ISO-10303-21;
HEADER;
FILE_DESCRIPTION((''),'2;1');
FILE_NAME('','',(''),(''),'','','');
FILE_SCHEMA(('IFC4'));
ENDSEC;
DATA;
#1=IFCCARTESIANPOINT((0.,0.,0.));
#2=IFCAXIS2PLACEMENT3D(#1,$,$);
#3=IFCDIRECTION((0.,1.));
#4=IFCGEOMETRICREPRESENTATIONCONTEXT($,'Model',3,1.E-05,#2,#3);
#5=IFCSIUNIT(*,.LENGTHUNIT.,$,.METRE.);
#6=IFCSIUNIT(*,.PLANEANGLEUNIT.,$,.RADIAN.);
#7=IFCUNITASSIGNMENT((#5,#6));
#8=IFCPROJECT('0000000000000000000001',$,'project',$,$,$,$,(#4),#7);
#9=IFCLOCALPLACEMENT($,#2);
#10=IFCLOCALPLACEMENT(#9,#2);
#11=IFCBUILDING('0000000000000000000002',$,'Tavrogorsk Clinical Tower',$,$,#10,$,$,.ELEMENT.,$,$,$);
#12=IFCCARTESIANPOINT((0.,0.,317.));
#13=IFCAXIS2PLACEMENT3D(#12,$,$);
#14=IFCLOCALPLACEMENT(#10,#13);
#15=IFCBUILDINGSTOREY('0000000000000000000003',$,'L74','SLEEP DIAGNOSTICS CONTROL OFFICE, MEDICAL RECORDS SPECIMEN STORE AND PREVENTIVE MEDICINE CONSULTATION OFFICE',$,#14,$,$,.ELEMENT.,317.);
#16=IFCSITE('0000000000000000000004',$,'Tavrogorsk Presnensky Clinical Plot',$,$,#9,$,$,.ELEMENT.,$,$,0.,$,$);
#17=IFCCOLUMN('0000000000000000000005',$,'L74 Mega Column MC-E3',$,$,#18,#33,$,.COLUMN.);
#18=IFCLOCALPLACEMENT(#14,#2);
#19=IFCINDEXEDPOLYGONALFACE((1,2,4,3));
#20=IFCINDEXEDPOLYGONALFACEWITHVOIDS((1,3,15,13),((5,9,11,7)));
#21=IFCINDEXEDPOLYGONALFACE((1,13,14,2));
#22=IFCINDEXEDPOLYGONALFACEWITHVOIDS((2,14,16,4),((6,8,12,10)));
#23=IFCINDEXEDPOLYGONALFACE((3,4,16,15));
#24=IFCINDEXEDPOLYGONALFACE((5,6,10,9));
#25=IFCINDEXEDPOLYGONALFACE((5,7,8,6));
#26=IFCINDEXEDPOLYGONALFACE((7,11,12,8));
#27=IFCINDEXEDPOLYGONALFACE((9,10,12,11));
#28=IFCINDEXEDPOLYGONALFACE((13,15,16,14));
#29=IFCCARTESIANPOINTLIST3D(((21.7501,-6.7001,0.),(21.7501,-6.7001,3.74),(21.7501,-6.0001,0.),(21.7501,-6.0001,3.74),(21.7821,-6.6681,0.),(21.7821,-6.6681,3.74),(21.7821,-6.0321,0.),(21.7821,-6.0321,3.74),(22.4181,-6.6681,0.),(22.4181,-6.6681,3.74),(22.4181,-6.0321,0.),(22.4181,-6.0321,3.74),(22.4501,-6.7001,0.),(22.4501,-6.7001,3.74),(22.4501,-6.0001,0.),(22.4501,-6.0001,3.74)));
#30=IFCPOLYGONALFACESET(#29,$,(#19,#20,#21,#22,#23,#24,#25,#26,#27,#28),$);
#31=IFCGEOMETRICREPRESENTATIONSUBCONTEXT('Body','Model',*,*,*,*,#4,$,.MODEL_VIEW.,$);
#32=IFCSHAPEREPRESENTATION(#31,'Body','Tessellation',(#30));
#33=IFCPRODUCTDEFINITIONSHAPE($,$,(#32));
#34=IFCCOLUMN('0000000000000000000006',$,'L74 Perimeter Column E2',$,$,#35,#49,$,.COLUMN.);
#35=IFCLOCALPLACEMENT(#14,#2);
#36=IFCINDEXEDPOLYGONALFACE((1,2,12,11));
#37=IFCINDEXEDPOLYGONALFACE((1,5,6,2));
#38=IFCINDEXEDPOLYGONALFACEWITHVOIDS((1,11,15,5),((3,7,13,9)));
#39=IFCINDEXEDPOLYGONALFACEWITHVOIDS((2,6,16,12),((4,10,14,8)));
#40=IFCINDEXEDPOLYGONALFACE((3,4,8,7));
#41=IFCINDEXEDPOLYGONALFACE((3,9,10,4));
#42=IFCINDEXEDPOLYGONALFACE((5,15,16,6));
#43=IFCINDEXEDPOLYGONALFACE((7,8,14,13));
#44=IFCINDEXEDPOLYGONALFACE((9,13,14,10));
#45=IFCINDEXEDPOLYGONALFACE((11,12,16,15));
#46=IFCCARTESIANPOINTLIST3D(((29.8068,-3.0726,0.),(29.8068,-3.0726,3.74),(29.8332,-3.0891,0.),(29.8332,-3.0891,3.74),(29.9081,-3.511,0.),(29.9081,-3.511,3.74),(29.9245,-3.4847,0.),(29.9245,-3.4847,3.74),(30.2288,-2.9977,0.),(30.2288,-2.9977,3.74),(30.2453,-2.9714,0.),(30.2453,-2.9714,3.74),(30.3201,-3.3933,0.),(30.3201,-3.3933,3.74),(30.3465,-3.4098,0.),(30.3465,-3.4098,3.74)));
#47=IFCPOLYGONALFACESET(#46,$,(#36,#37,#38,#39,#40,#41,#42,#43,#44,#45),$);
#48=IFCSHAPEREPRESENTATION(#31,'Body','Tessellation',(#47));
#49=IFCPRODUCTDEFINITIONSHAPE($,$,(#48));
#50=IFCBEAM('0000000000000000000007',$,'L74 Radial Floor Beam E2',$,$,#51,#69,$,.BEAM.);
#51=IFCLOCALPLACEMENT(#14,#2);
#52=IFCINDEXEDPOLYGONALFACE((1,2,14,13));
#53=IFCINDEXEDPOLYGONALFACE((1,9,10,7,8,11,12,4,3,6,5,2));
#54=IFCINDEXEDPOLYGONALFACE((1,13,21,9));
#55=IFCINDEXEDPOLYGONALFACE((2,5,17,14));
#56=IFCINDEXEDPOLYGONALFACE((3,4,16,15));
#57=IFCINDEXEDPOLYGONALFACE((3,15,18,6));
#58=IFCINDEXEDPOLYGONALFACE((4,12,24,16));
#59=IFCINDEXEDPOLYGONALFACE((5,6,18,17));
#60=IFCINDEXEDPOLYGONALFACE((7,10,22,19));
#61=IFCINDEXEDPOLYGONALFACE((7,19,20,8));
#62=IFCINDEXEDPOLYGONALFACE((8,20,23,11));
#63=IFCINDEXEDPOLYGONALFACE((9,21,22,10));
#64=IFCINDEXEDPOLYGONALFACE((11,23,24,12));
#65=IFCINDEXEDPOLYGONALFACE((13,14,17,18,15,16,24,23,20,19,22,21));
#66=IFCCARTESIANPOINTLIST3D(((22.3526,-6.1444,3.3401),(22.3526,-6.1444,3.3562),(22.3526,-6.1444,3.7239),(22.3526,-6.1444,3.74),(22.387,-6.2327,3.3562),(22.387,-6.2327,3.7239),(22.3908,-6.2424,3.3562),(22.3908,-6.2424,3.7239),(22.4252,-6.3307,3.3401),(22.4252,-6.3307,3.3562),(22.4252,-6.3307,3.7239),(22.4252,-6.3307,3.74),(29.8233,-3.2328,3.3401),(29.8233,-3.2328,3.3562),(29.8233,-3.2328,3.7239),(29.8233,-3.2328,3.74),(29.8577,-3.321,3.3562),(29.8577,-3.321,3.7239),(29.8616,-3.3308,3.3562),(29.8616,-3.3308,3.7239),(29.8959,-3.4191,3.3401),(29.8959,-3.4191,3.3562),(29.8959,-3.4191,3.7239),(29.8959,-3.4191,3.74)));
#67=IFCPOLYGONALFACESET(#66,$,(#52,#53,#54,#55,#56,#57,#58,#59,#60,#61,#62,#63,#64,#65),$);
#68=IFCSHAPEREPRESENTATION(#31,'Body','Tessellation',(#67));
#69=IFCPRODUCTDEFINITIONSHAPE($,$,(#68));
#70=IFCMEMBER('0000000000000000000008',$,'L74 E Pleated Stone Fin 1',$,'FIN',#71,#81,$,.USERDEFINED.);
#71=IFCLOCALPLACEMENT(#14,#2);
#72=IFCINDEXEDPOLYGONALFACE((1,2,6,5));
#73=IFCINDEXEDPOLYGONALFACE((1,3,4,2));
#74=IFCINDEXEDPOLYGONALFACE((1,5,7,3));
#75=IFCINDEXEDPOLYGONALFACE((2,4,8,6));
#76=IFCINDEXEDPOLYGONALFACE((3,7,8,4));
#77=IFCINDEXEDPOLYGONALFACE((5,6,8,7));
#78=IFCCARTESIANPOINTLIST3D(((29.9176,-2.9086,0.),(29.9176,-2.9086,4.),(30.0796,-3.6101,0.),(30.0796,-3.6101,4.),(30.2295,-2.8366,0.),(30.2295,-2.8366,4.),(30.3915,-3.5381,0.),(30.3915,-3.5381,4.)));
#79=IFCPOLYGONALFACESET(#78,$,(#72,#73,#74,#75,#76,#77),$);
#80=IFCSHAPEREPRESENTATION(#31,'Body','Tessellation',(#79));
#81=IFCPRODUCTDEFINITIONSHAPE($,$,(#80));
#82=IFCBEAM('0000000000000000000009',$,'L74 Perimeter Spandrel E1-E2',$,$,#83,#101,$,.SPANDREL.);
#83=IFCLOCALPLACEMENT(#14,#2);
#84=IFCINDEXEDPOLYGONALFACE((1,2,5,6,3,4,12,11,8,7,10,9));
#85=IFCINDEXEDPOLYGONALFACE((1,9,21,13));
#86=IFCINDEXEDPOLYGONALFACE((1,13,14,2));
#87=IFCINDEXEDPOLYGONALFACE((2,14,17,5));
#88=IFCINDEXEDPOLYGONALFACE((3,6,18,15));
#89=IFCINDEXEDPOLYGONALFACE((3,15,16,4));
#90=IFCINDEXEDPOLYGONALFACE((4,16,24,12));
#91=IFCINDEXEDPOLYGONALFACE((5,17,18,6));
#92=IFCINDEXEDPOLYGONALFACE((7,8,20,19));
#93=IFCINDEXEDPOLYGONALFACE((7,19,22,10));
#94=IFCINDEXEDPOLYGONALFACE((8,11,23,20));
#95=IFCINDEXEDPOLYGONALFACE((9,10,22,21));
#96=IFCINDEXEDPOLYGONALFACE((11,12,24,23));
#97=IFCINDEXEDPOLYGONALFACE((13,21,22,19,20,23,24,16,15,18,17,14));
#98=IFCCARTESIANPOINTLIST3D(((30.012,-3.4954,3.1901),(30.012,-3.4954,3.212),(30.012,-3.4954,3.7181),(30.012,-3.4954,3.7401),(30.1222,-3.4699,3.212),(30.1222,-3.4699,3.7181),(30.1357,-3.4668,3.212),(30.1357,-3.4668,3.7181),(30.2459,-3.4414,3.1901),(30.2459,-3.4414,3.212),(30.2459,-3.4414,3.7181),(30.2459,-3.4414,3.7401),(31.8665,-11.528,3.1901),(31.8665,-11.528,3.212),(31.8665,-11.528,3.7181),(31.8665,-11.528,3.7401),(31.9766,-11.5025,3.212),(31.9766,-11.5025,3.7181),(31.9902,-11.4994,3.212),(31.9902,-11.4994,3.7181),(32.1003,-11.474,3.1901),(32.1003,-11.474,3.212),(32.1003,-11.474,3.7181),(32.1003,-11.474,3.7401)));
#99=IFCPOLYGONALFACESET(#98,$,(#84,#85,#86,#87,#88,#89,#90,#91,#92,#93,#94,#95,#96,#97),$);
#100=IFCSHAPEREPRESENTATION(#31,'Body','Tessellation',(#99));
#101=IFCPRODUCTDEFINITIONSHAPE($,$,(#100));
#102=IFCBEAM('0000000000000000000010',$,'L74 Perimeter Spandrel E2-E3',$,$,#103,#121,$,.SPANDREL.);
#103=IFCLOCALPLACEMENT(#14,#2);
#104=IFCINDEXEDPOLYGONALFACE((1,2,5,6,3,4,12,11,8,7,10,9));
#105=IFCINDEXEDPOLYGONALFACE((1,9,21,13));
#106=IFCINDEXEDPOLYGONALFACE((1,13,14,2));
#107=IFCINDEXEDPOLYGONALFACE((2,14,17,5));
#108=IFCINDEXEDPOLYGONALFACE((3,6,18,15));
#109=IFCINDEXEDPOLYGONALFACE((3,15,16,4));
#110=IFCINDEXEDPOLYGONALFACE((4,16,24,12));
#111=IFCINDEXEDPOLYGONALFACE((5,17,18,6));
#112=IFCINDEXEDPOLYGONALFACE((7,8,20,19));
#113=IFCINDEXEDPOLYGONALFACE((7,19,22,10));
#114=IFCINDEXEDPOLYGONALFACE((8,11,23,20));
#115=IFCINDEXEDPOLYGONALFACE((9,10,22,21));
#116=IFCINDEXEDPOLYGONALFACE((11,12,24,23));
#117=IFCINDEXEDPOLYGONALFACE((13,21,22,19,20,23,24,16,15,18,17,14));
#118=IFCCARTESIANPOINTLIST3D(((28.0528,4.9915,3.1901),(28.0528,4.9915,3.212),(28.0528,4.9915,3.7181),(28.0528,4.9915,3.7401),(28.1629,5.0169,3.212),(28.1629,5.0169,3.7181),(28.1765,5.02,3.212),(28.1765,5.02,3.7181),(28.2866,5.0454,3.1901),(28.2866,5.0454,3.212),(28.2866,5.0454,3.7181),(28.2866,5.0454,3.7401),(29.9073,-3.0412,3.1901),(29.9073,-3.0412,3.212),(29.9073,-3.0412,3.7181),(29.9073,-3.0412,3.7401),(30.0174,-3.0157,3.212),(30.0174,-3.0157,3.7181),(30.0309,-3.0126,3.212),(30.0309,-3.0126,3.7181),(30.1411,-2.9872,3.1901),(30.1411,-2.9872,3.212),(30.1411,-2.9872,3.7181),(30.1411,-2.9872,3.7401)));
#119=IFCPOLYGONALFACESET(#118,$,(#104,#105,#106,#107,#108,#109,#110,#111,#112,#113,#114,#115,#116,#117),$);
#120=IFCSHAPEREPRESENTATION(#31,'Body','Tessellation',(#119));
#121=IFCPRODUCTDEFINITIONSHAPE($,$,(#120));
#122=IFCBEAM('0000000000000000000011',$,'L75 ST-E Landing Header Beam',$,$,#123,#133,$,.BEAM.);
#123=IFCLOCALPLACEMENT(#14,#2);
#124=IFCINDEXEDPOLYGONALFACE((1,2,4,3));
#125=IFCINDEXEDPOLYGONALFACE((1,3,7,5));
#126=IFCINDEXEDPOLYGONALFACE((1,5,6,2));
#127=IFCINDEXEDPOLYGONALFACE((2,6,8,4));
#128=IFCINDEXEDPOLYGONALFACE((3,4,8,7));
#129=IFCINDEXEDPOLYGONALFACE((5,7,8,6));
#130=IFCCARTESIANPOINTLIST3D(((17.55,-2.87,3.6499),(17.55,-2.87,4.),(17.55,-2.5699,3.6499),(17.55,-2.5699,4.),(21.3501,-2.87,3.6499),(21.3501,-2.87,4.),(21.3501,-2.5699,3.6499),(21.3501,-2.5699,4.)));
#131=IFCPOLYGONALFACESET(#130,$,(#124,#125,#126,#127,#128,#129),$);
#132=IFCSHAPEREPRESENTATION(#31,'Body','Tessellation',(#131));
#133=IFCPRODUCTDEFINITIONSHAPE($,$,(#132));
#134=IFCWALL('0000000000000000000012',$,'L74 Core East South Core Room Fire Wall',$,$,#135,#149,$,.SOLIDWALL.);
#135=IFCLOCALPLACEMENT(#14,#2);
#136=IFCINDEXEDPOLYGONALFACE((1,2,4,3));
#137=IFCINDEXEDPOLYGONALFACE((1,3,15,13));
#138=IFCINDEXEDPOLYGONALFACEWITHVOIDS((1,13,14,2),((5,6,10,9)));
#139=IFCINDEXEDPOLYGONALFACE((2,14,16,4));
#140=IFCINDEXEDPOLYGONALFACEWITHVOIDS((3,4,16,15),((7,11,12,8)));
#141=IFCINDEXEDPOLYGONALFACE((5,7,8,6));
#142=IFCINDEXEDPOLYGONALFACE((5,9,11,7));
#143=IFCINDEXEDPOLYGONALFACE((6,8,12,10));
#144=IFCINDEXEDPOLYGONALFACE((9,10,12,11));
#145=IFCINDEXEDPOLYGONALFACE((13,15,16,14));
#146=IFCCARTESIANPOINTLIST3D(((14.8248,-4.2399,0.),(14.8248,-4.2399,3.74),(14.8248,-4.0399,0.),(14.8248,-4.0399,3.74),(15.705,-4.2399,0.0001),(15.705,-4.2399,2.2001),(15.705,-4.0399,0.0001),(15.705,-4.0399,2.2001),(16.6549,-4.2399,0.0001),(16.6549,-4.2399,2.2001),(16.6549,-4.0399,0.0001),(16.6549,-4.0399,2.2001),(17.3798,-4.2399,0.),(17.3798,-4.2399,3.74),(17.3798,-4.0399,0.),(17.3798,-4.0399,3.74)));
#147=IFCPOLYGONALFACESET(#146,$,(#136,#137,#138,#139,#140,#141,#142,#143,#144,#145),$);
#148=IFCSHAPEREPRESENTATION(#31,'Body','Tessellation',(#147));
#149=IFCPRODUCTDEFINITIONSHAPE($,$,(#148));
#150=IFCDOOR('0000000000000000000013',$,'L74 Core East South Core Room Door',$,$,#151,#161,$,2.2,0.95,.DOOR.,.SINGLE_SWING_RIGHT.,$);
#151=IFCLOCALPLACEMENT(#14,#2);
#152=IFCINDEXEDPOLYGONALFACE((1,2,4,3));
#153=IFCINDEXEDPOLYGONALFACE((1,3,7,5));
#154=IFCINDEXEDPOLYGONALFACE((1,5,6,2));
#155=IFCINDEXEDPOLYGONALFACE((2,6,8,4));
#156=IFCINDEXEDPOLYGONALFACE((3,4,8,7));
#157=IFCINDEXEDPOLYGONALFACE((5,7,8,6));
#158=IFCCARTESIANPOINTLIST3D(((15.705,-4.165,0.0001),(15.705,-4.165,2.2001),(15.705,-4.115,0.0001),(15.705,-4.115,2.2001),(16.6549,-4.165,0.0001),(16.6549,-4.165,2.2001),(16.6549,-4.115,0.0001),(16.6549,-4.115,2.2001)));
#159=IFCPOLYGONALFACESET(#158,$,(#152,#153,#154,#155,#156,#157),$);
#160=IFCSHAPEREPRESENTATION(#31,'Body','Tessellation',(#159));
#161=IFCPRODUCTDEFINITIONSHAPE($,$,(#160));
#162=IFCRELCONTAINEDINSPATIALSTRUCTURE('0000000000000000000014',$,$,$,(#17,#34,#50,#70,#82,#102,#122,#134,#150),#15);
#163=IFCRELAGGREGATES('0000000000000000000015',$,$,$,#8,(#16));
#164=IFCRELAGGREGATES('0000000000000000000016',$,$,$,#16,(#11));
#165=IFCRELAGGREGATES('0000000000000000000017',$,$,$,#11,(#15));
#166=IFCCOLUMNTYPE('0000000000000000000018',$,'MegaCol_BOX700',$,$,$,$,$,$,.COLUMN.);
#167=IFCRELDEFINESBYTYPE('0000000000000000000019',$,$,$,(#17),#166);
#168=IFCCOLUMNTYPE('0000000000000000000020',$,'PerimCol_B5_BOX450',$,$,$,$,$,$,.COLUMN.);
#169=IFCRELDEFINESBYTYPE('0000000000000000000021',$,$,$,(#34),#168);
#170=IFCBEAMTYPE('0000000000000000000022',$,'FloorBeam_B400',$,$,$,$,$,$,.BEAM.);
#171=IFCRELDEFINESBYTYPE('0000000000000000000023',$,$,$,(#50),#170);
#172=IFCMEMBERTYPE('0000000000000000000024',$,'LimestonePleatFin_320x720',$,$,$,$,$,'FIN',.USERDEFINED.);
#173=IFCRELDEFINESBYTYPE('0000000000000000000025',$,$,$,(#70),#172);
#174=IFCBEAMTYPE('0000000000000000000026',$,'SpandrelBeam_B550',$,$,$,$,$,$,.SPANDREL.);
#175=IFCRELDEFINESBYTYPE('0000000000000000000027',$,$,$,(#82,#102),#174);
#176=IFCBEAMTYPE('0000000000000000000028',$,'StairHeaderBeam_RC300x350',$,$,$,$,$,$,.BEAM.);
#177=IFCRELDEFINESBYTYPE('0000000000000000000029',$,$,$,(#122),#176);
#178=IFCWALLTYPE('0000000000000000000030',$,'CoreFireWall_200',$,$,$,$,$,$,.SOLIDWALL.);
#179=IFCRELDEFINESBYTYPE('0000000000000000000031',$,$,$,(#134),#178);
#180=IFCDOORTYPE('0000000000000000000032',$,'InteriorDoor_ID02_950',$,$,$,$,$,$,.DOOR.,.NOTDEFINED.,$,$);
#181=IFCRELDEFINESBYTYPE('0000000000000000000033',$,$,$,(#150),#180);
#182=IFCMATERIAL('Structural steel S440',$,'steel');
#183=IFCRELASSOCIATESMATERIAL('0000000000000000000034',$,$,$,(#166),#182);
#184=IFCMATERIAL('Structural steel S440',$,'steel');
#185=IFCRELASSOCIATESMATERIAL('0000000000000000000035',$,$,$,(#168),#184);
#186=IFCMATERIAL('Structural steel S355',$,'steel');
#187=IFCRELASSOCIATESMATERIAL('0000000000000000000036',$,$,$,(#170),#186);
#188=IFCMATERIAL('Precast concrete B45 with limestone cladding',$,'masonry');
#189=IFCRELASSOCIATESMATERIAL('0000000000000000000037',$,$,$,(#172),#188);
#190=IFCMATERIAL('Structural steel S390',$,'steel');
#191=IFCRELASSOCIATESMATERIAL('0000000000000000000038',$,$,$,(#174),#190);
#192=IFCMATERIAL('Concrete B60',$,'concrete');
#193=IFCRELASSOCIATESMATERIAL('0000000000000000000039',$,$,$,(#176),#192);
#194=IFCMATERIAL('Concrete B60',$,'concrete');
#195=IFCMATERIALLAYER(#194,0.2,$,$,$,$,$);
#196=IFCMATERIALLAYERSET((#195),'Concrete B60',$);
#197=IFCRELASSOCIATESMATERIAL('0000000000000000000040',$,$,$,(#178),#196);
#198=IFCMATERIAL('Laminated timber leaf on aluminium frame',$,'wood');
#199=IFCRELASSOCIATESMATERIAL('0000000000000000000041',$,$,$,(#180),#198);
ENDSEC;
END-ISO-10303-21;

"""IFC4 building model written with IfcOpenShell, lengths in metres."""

from ifc_helpers import new_model, si_unit, direction, frame, frame_2d, origin, origin_2d, place, context, subcontext, project, spatial, rectangle, hollow_rectangle, i_section, extrude, material, layer, layer_set, material_profile, profile_set, type_object, element, fill, save


model = new_model("IFC4")

# Units and contexts
model_context = context("Model", 3, precision=1e-05, world=origin(), true_north=direction((0.0, 1.0)))
body_context = subcontext(model_context, "Body", "Model", "MODEL_VIEW")
ifc_project = project(units=[si_unit("LENGTHUNIT", "METRE"), si_unit("PLANEANGLEUNIT", "RADIAN")], contexts=[model_context])

# Site, building, storey
site_placement = place(None, origin())
site = spatial("IfcSite", under=ifc_project, at=site_placement, Name="Tavrogorsk Presnensky Clinical Plot", CompositionType="ELEMENT", RefElevation=0.0)
building_placement = place(site_placement, origin())
building = spatial("IfcBuilding", under=site, at=building_placement, Name="Tavrogorsk Clinical Tower", CompositionType="ELEMENT")
storey_placement = place(building_placement, frame((0.0, 0.0, 317.0)))
storey = spatial("IfcBuildingStorey", under=building, at=storey_placement, Name="L74", Description="SLEEP DIAGNOSTICS CONTROL OFFICE, MEDICAL RECORDS SPECIMEN STORE AND PREVENTIVE MEDICINE CONSULTATION OFFICE", CompositionType="ELEMENT", Elevation=317.0)

# Columns
ifc_material_1 = material(Name="Structural steel S440", Category="steel")
ifc_material_profile_1 = material_profile(ifc_material_1, hollow_rectangle(XDim=0.7, YDim=0.7, WallThickness=0.032, at=origin_2d()), Name="BOX-700x700x32")
ifc_profile_set_1 = profile_set([ifc_material_profile_1], Name="Structural steel S440")
column_type_1 = type_object("IfcColumnType", Name="MegaCol_BOX700", PredefinedType="COLUMN", material=ifc_profile_set_1)
column_1_placement = place(storey_placement, frame((22.1001, -6.3501, 0.0), z_axis=(0.0, 0.0, 1.0), x_axis=(1.0, 0.0, 0.0)))
element("IfcColumn", 1, at=column_1_placement, inside=storey, type_object=column_type_1, Name="L74 Mega Column MC-E3", PredefinedType="COLUMN", context=body_context, shape_type="SweptSolid", body=[
    extrude(hollow_rectangle(XDim=0.7, YDim=0.7, WallThickness=0.032, at=origin_2d()), origin(), (0.0, 0.0, 1.0), 3.74),
])
ifc_material_2 = material(Name="Structural steel S440", Category="steel")
ifc_material_profile_2 = material_profile(ifc_material_2, hollow_rectangle(XDim=0.45, YDim=0.45, WallThickness=0.022, at=origin_2d()), Name="BOX-450x450x22")
ifc_profile_set_2 = profile_set([ifc_material_profile_2], Name="Structural steel S440")
column_type_2 = type_object("IfcColumnType", Name="PerimCol_B5_BOX450", PredefinedType="COLUMN", material=ifc_profile_set_2)
column_2_placement = place(storey_placement, frame((30.0767, -3.2412, 0.0), z_axis=(0.0, 0.0, 1.0), x_axis=(0.97437, 0.224951, 0.0)))
element("IfcColumn", 2, at=column_2_placement, inside=storey, type_object=column_type_2, Name="L74 Perimeter Column E2", PredefinedType="COLUMN", context=body_context, shape_type="SweptSolid", body=[
    extrude(hollow_rectangle(XDim=0.45, YDim=0.45, WallThickness=0.022, at=origin_2d()), origin(), (0.0, 0.0, 1.0), 3.74),
])

# Beam
ifc_material_3 = material(Name="Structural steel S355", Category="steel")
ifc_material_profile_3 = material_profile(ifc_material_3, i_section(OverallWidth=0.2, OverallDepth=0.3999, WebThickness=0.0105, FlangeThickness=0.0161, at=origin_2d()), Name="B-400x200x10.5x16")
ifc_profile_set_3 = profile_set([ifc_material_profile_3], Name="Structural steel S355")
beam_type_1 = type_object("IfcBeamType", Name="FloorBeam_B400", PredefinedType="BEAM", material=ifc_profile_set_3)
beam_1_placement = place(storey_placement, frame((22.3889, -6.2375, 3.54), z_axis=(0.931737, 0.363134, 0.0), x_axis=(-0.363134, 0.931737, 0.0)))
element("IfcBeam", 3, at=beam_1_placement, inside=storey, type_object=beam_type_1, Name="L74 Radial Floor Beam E2", PredefinedType="BEAM", context=body_context, shape_type="SweptSolid", body=[
    extrude(i_section(OverallWidth=0.2, OverallDepth=0.3999, WebThickness=0.0105, FlangeThickness=0.0161, at=origin_2d()), origin(), (0.0, 0.0, 1.0), 8.0181),
])

# Member
ifc_material_4 = material(Name="Precast concrete B45 with limestone cladding", Category="masonry")
ifc_material_profile_4 = material_profile(ifc_material_4, rectangle(XDim=0.3201, YDim=0.72, at=origin_2d()), Name="LIMESTONE-FIN-320x720")
ifc_profile_set_4 = profile_set([ifc_material_profile_4], Name="Precast concrete B45 with limestone cladding")
member_type = type_object("IfcMemberType", Name="LimestonePleatFin_320x720", ElementType="FIN", PredefinedType="USERDEFINED", material=ifc_profile_set_4)
member_placement = place(storey_placement, frame((30.1545, -3.2234, 0.0), z_axis=(0.0, 0.0, 1.0), x_axis=(0.97437, 0.224951, 0.0)))
element("IfcMember", 4, at=member_placement, inside=storey, type_object=member_type, Name="L74 E Pleated Stone Fin 1", ObjectType="FIN", PredefinedType="USERDEFINED", context=body_context, shape_type="SweptSolid", body=[
    extrude(rectangle(XDim=0.3201, YDim=0.72, at=origin_2d()), origin(), (0.0, 0.0, 1.0), 4.0),
])

# Beams
ifc_material_5 = material(Name="Structural steel S390", Category="steel")
ifc_material_profile_5 = material_profile(ifc_material_5, i_section(OverallWidth=0.24, OverallDepth=0.55, WebThickness=0.0139, FlangeThickness=0.022, at=origin_2d()), Name="B-550x240x14x22")
ifc_profile_set_5 = profile_set([ifc_material_profile_5], Name="Structural steel S390")
beam_type_2 = type_object("IfcBeamType", Name="SpandrelBeam_B550", PredefinedType="SPANDREL", material=ifc_profile_set_5)
for number, where, z_axis, x_axis, name in (
    (5, (31.9834, -11.501, 3.4651), (-0.22495, 0.97437, 0.0), (-0.97437, -0.22495, 0.0), "L74 Perimeter Spandrel E1-E2"),
    (6, (30.0242, -3.0142, 3.4651), (-0.22495, 0.97437, 0.0), (-0.97437, -0.22495, 0.0), "L74 Perimeter Spandrel E2-E3"),
):
    element("IfcBeam", number, at=place(storey_placement, frame(where, z_axis=z_axis, x_axis=x_axis)), inside=storey, type_object=beam_type_2, Name=name, PredefinedType="SPANDREL", context=body_context, shape_type="SweptSolid", body=[
        extrude(i_section(OverallWidth=0.24, OverallDepth=0.55, WebThickness=0.0139, FlangeThickness=0.022, at=origin_2d()), origin(), (0.0, 0.0, 1.0), 8.2439),
    ])
ifc_material_6 = material(Name="Concrete B60", Category="concrete")
ifc_material_profile_6 = material_profile(ifc_material_6, rectangle(XDim=0.3, YDim=0.3501, at=origin_2d()), Name="RC-SHB-300x350")
ifc_profile_set_6 = profile_set([ifc_material_profile_6], Name="Concrete B60")
beam_type_3 = type_object("IfcBeamType", Name="StairHeaderBeam_RC300x350", PredefinedType="BEAM", material=ifc_profile_set_6)
beam_2_placement = place(storey_placement, frame((17.55, -2.72, 3.825), z_axis=(1.0, 0.0, 0.0), x_axis=(0.0, 1.0, 0.0)))
element("IfcBeam", 7, at=beam_2_placement, inside=storey, type_object=beam_type_3, Name="L75 ST-E Landing Header Beam", PredefinedType="BEAM", context=body_context, shape_type="SweptSolid", body=[
    extrude(rectangle(XDim=0.3, YDim=0.3501, at=origin_2d()), origin(), (0.0, 0.0, 1.0), 3.8),
])

# Wall, opening, door
ifc_material_7 = material(Name="Concrete B60", Category="concrete")
ifc_layer_1 = layer(ifc_material_7, 0.2)
ifc_layer_set_1 = layer_set([ifc_layer_1], Name="Concrete B60")
wall_type_1 = type_object("IfcWallType", Name="CoreFireWall_200", PredefinedType="SOLIDWALL", material=ifc_layer_set_1)
wall_1_placement = place(storey_placement, frame((14.825, -4.1399, 0.0), z_axis=(0.0, 0.0, 1.0), x_axis=(1.0, 0.0, 0.0)))
wall_1 = element("IfcWall", 8, at=wall_1_placement, inside=storey, type_object=wall_type_1, Name="L74 Core East South Core Room Fire Wall", PredefinedType="SOLIDWALL", context=body_context, shape_type="SweptSolid", body=[
    extrude(rectangle(XDim=2.5549, YDim=0.2, at=frame_2d((1.2773, 0.0))), origin(), (0.0, 0.0, 1.0), 3.74),
])
opening_1_placement = place(wall_1_placement, frame((0.8799, 0.0, 0.0)))
opening_1 = element("IfcOpeningElement", 9, at=opening_1_placement, cuts=wall_1, PredefinedType="OPENING", context=body_context, shape_type="SweptSolid", body=[
    extrude(rectangle(XDim=0.95, YDim=2.2, at=frame_2d((0.4751, 1.1001))), frame((0.0, 0.1099, 0.0), z_axis=(0.0, -1.0, 0.0), x_axis=(1.0, 0.0, 0.0)), (0.0, 0.0, 1.0), 0.22),
])
ifc_material_8 = material(Name="Laminated timber leaf on aluminium frame", Category="wood")
door_type_1 = type_object("IfcDoorType", Name="InteriorDoor_ID02_950", OperationType="NOTDEFINED", PredefinedType="DOOR", material=ifc_material_8)
door_1_placement = place(opening_1_placement, origin())
door_1 = element("IfcDoor", 10, at=door_1_placement, inside=storey, type_object=door_type_1, Name="L74 Core East South Core Room Door", OperationType="SINGLE_SWING_RIGHT", OverallHeight=2.2, OverallWidth=0.95, PredefinedType="DOOR", context=body_context, shape_type="SweptSolid", body=[
    extrude(rectangle(XDim=0.95, YDim=2.2, at=frame_2d((0.4751, 1.1001))), frame((0.0, 0.0249, 0.0), z_axis=(0.0, -1.0, 0.0), x_axis=(1.0, 0.0, 0.0)), (0.0, 0.0, 1.0), 0.05),
])
fill(opening_1, door_1)

save(model, "model.ifc")
